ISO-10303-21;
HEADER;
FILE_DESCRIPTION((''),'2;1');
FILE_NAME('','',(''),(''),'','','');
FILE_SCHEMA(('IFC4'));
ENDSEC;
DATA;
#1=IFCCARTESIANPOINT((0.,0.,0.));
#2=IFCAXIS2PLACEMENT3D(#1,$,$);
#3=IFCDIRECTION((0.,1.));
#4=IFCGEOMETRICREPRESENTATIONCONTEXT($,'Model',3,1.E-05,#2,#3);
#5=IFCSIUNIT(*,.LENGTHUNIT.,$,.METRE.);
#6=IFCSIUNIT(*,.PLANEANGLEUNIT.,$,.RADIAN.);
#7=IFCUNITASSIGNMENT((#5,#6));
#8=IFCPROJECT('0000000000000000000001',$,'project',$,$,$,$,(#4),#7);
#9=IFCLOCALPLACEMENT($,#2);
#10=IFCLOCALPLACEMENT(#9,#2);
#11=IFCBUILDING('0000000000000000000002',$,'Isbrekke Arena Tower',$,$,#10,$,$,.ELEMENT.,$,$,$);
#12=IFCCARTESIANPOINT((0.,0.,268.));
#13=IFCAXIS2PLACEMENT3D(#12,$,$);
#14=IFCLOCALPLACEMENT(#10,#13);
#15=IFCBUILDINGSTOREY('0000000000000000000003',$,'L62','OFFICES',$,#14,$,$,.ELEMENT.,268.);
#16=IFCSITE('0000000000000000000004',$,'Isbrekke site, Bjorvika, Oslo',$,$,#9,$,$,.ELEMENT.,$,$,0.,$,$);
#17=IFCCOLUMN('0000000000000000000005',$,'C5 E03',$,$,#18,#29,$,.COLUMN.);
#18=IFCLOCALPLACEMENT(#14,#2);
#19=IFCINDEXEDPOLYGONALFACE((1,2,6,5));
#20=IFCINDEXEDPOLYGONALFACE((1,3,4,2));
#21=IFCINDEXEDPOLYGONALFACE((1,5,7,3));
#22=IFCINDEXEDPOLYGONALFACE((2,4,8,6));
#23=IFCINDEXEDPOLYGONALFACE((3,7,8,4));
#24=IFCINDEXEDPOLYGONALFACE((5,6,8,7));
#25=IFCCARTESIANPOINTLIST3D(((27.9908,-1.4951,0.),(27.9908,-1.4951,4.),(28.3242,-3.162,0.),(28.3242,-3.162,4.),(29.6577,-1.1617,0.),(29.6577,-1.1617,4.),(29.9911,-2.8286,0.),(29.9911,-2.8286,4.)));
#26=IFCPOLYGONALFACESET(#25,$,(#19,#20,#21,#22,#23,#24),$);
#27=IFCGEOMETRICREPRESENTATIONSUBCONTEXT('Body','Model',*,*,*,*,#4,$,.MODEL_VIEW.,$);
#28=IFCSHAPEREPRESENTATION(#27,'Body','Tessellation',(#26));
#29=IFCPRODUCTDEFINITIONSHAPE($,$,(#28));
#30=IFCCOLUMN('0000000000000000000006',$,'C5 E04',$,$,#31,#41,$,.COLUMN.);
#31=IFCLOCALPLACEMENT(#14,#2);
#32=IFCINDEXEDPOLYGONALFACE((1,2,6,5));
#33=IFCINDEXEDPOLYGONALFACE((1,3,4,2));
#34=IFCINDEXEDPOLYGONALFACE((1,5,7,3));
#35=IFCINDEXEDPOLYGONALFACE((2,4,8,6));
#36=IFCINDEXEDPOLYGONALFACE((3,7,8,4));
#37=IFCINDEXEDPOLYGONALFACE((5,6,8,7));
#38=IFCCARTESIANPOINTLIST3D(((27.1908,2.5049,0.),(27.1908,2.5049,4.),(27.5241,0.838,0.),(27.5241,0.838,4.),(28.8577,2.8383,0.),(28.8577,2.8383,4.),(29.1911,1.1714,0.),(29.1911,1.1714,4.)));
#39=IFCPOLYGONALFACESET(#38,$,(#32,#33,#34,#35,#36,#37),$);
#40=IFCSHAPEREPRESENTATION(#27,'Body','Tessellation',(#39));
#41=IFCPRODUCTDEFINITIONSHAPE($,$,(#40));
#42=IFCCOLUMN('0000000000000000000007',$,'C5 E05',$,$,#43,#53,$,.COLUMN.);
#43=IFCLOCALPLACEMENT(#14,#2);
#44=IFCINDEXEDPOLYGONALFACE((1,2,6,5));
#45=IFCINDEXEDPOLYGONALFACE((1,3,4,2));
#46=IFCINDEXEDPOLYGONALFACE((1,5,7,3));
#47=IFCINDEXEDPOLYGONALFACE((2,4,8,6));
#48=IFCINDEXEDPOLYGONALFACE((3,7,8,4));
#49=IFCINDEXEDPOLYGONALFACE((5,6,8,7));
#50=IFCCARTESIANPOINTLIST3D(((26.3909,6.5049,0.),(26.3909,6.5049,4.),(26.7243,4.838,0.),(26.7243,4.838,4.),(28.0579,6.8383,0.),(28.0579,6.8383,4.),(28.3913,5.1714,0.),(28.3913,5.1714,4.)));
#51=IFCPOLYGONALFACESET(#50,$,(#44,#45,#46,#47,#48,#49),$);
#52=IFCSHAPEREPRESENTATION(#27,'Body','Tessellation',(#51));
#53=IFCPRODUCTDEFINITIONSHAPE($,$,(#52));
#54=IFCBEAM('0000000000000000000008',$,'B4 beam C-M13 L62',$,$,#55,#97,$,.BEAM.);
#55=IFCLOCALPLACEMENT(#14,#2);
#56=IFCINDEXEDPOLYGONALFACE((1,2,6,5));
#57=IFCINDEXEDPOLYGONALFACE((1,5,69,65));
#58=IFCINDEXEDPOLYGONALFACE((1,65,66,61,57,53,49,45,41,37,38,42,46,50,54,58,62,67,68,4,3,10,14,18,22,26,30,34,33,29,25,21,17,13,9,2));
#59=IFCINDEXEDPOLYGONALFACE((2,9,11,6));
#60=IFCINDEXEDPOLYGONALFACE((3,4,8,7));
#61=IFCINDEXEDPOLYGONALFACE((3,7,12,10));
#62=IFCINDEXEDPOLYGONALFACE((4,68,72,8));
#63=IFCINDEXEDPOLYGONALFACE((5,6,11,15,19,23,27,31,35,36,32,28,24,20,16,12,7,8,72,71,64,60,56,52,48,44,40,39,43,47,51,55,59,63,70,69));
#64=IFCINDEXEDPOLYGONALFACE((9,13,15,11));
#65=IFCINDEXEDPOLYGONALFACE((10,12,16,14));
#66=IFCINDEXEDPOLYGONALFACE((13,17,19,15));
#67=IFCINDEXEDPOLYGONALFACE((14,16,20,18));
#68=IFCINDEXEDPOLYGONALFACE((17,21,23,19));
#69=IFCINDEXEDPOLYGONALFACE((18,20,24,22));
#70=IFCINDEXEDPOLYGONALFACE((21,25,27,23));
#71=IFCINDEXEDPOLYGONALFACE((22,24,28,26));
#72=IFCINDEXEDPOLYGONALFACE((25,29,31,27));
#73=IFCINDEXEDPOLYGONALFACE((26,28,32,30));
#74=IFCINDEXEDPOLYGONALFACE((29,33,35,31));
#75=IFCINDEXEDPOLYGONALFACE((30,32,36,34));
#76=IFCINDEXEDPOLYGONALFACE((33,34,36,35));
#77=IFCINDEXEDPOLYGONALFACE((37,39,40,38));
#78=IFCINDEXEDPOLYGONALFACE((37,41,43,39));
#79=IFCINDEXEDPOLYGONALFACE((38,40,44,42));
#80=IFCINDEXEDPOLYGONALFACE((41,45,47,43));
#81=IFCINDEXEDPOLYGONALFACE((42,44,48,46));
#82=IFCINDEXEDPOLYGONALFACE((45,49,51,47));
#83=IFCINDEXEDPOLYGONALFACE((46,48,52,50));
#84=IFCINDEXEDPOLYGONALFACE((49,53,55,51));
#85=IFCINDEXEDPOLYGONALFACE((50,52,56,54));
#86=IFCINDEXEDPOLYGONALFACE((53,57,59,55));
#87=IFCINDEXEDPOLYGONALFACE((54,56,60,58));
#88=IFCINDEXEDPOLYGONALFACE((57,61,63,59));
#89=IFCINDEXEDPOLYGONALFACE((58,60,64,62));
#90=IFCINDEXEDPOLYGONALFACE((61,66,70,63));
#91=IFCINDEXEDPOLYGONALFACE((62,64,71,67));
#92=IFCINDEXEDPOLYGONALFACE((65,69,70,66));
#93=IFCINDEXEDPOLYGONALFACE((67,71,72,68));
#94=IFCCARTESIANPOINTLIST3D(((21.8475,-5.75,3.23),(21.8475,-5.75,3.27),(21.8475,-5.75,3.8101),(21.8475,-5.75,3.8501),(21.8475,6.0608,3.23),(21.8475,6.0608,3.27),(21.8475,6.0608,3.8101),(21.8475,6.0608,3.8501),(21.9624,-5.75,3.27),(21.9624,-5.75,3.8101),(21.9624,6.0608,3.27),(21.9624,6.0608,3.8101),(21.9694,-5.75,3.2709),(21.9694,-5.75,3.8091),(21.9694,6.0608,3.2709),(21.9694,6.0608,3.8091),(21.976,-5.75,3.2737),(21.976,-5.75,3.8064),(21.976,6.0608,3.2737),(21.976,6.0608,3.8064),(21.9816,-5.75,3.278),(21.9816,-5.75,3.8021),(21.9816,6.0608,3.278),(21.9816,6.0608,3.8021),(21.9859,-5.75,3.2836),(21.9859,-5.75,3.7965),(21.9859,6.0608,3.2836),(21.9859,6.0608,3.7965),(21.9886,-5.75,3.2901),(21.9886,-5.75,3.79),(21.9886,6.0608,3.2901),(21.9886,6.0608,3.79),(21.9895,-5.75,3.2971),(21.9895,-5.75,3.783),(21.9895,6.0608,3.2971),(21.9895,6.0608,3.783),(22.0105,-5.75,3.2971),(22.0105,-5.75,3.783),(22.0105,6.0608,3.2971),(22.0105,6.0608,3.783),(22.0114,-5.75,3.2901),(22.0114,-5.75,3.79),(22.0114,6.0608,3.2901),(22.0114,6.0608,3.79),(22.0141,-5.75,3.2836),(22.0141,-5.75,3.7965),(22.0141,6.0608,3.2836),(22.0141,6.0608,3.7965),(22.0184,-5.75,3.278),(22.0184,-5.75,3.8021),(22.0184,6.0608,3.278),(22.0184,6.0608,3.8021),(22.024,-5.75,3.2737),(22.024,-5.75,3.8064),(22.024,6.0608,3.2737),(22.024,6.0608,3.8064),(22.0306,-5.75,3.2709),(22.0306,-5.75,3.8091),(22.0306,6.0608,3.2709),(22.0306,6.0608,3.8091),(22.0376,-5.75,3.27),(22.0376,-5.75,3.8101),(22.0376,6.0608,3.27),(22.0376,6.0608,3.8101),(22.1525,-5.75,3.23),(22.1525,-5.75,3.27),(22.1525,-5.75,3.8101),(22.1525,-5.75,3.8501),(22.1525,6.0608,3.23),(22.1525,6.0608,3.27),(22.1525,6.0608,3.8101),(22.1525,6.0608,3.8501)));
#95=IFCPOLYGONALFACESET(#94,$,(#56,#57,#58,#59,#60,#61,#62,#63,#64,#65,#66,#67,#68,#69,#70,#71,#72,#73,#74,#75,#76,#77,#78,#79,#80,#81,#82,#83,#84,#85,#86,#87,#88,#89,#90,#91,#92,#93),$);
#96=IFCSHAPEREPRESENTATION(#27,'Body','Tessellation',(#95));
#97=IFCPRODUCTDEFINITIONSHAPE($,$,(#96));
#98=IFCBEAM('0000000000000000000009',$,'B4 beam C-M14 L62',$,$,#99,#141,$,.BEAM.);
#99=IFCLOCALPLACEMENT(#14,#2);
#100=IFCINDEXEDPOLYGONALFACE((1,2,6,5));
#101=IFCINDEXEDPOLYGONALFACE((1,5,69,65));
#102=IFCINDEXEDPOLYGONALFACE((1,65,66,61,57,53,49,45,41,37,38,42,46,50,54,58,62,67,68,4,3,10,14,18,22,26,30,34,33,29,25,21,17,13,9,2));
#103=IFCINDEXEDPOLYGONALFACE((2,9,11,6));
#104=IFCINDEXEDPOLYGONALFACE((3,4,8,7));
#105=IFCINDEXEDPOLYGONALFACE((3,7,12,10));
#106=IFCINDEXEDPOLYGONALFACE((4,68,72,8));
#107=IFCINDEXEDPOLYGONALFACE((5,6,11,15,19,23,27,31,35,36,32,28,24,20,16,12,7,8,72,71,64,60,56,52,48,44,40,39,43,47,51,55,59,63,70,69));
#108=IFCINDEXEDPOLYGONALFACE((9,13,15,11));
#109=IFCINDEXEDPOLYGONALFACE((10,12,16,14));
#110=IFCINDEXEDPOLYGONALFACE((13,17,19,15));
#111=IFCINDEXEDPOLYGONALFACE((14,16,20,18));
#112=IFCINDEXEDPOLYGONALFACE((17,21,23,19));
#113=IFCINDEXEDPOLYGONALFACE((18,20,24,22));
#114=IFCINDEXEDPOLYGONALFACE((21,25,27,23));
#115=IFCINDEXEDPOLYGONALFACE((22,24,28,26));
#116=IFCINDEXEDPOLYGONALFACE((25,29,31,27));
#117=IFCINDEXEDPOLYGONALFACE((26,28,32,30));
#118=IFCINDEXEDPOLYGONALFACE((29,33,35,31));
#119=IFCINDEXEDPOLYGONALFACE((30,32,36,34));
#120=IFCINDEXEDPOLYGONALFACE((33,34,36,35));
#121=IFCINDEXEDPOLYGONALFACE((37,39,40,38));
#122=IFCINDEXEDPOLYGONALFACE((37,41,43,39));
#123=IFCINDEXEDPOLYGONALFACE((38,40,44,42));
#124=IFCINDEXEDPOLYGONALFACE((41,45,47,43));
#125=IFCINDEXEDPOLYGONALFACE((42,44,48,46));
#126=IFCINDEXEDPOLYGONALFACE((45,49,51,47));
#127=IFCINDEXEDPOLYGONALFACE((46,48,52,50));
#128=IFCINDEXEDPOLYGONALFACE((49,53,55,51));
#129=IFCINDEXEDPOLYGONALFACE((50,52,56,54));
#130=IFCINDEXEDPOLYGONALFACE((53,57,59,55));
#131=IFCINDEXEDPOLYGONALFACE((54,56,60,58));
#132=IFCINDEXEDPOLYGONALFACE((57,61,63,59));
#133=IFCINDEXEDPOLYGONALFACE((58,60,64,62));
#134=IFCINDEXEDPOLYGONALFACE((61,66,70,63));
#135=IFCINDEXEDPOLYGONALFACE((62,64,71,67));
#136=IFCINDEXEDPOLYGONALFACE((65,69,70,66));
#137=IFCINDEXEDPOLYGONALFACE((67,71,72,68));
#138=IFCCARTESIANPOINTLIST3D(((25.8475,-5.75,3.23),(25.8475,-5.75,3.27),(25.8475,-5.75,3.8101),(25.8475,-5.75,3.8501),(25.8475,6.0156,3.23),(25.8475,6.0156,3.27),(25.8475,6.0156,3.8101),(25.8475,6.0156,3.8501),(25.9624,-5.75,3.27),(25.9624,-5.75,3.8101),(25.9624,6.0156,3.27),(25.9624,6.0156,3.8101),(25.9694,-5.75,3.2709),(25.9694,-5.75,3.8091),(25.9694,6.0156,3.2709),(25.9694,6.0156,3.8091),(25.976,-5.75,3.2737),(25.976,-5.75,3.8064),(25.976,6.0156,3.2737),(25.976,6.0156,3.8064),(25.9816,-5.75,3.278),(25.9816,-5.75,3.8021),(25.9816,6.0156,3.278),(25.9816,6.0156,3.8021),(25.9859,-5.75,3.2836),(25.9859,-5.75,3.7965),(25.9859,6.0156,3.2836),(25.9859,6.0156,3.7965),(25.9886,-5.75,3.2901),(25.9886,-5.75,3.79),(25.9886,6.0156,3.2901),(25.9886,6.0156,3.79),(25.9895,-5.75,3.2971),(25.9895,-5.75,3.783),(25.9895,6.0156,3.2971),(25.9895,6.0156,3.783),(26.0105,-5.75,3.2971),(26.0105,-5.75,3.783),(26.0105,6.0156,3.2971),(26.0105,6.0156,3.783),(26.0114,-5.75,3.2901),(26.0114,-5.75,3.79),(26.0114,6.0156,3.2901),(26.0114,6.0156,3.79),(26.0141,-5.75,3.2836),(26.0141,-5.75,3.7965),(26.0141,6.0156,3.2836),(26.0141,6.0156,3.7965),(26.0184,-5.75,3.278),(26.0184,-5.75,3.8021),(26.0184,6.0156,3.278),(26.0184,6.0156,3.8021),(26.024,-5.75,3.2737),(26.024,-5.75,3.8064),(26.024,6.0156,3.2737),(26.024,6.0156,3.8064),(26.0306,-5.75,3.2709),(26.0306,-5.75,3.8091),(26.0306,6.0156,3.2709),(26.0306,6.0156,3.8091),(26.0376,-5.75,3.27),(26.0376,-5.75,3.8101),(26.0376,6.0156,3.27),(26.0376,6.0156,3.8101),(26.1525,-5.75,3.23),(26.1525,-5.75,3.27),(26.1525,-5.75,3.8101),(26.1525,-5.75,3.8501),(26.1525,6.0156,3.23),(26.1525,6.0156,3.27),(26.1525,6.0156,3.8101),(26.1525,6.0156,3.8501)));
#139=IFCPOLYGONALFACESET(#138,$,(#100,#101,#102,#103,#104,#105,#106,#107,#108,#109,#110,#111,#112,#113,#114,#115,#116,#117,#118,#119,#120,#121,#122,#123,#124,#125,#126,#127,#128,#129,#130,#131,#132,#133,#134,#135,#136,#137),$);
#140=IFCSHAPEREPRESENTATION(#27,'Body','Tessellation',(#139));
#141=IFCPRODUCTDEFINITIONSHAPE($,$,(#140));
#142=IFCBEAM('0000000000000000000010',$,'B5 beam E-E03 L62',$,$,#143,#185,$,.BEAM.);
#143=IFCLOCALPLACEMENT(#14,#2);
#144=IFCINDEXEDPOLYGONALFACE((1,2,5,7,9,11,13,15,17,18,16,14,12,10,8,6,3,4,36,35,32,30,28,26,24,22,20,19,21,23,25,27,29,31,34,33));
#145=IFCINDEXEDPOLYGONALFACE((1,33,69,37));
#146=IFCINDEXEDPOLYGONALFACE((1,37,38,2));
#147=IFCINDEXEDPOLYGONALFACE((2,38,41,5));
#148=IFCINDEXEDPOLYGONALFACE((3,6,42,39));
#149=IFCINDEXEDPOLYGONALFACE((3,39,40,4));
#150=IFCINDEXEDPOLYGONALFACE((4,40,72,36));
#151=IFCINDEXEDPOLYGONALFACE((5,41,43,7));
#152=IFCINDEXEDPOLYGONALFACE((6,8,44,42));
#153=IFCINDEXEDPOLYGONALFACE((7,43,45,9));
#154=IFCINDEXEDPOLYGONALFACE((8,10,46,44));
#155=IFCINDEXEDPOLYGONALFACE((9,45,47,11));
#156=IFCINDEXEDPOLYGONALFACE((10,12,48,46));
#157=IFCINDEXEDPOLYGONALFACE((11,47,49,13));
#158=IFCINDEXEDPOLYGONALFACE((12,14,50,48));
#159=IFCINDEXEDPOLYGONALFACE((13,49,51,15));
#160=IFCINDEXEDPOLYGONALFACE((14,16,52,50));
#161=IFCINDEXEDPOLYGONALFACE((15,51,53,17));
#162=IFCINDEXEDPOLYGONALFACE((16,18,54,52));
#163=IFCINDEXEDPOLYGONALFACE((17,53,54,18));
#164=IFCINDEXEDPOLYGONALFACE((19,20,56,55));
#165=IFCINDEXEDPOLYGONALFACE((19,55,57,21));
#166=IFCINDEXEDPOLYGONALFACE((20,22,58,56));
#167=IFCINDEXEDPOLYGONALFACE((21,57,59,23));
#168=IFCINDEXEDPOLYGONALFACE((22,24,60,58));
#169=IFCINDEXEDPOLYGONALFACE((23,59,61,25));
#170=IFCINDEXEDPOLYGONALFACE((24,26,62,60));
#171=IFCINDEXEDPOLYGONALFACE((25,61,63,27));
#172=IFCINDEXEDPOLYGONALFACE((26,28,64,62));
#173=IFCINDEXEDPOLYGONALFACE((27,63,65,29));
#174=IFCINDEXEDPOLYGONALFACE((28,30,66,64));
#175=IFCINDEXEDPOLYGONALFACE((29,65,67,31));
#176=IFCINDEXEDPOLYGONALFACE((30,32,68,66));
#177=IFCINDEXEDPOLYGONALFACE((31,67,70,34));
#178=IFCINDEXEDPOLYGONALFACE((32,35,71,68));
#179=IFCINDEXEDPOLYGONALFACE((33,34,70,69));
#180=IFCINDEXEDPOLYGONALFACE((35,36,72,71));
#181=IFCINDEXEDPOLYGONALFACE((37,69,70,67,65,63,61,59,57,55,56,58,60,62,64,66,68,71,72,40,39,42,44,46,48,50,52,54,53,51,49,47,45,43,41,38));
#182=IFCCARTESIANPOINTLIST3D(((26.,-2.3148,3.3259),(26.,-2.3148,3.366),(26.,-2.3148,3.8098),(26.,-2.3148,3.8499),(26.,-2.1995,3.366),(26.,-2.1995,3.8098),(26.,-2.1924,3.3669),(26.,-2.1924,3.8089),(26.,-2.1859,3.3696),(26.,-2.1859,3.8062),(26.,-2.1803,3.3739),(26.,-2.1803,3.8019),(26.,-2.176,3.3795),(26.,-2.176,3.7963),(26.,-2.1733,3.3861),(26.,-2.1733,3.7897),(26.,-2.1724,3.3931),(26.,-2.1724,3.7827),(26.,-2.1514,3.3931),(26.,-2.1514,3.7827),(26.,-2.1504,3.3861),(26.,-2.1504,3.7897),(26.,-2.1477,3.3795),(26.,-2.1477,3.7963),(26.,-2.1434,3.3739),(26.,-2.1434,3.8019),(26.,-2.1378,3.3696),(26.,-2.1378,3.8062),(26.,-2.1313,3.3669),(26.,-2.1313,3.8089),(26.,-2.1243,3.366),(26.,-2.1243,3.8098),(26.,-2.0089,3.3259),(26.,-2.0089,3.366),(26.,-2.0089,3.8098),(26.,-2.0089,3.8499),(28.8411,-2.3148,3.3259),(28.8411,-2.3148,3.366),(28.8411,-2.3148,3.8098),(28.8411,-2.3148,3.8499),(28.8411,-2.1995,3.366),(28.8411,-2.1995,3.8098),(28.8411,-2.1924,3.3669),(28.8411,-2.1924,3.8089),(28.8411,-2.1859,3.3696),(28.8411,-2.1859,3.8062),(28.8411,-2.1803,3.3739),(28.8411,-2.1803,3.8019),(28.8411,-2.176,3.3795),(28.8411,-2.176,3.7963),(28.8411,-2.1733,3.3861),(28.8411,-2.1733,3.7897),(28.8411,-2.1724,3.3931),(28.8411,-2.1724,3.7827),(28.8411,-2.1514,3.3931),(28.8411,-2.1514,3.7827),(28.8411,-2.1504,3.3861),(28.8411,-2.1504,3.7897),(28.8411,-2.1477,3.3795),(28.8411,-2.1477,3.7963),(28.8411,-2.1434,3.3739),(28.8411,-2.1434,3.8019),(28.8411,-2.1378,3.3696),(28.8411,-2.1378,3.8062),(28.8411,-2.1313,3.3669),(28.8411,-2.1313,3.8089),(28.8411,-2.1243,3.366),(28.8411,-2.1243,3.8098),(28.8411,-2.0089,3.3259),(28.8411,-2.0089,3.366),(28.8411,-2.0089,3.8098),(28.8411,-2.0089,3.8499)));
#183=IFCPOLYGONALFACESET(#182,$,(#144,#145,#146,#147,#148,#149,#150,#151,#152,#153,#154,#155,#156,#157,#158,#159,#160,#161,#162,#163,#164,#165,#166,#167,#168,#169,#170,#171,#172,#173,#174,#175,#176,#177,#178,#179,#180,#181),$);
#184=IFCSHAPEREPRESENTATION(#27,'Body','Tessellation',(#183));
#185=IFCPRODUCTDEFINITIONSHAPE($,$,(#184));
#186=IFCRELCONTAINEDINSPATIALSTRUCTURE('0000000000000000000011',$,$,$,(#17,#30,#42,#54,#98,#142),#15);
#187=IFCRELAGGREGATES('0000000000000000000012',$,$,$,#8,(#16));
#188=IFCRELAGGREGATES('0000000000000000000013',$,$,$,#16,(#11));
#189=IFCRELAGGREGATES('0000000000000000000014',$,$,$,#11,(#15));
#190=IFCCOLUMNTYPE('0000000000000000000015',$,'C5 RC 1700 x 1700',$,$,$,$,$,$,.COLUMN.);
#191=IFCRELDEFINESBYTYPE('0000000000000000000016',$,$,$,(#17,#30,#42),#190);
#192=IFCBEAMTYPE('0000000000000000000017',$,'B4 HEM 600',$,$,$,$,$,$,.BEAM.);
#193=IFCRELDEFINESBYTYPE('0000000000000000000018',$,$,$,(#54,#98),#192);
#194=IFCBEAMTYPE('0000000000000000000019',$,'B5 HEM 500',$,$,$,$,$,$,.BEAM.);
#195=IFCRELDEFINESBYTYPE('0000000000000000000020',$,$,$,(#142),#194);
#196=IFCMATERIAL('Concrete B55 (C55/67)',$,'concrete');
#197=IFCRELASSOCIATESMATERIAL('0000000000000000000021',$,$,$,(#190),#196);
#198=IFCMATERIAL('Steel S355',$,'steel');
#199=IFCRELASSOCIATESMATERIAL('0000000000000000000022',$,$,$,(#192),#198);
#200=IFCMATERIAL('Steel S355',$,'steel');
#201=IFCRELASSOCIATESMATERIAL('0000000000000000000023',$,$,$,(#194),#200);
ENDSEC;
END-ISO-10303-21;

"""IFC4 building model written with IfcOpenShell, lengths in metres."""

from ifc_helpers import new_model, si_unit, direction, frame, origin, origin_2d, place, context, subcontext, project, spatial, rectangle, i_section, extrude, material, material_profile, profile_set, type_object, element, save


model = new_model("IFC4")

# Units and contexts
model_context = context("Model", 3, precision=1e-05, world=origin(), true_north=direction((0.0, 1.0)))
body_context = subcontext(model_context, "Body", "Model", "MODEL_VIEW")
ifc_project = project(units=[si_unit("LENGTHUNIT", "METRE"), si_unit("PLANEANGLEUNIT", "RADIAN")], contexts=[model_context])

# Site, building, storey
site_placement = place(None, origin())
site = spatial("IfcSite", under=ifc_project, at=site_placement, Name="Isbrekke site, Bjorvika, Oslo", CompositionType="ELEMENT", RefElevation=0.0)
building_placement = place(site_placement, origin())
building = spatial("IfcBuilding", under=site, at=building_placement, Name="Isbrekke Arena Tower", CompositionType="ELEMENT")
storey_placement = place(building_placement, frame((0.0, 0.0, 268.0)))
storey = spatial("IfcBuildingStorey", under=building, at=storey_placement, Name="L62", Description="OFFICES", CompositionType="ELEMENT", Elevation=268.0)

# Columns
ifc_material_1 = material(Name="Concrete B55 (C55/67)", Category="concrete")
ifc_material_profile_1 = material_profile(ifc_material_1, rectangle(XDim=1.7, YDim=1.7, at=origin_2d()), Name="RC 1700x1700")
ifc_profile_set_1 = profile_set([ifc_material_profile_1], Name="Concrete B55 (C55/67)")
column_type = type_object("IfcColumnType", Name="C5 RC 1700 x 1700", PredefinedType="COLUMN", material=ifc_profile_set_1)
for number, where, z_axis, x_axis, name in (
    (1, (28.991, -2.1619, 0.0), (0.0, 0.0, 1.0), (-0.196116, 0.980581, 0.0), "C5 E03"),
    (2, (28.1909, 1.8381, 0.0), (0.0, 0.0, 1.0), (-0.196116, 0.980581, 0.0), "C5 E04"),
    (3, (27.3911, 5.8381, 0.0), (0.0, 0.0, 1.0), (-0.196116, 0.980581, 0.0), "C5 E05"),
):
    element("IfcColumn", number, at=place(storey_placement, frame(where, z_axis=z_axis, x_axis=x_axis)), inside=storey, type_object=column_type, Name=name, PredefinedType="COLUMN", context=body_context, shape_type="SweptSolid", body=[
        extrude(rectangle(XDim=1.7, YDim=1.7, at=origin_2d()), origin(), (0.0, 0.0, 1.0), 4.0),
    ])

# Beams
ifc_material_2 = material(Name="Steel S355", Category="steel")
ifc_material_profile_2 = material_profile(ifc_material_2, i_section(OverallWidth=0.3049, OverallDepth=0.6201, WebThickness=0.021, FlangeThickness=0.04, FilletRadius=0.0271, at=origin_2d()), Name="HEM 600")
ifc_profile_set_2 = profile_set([ifc_material_profile_2], Name="Steel S355")
beam_type_1 = type_object("IfcBeamType", Name="B4 HEM 600", PredefinedType="BEAM", material=ifc_profile_set_2)
beam_1_placement = place(storey_placement, frame((22.0, -5.75, 3.54), z_axis=(0.0, 1.0, 0.0), x_axis=(-1.0, 0.0, 0.0)))
element("IfcBeam", 4, at=beam_1_placement, inside=storey, type_object=beam_type_1, Name="B4 beam C-M13 L62", PredefinedType="BEAM", context=body_context, shape_type="SweptSolid", body=[
    extrude(i_section(OverallWidth=0.3049, OverallDepth=0.6201, WebThickness=0.021, FlangeThickness=0.04, FilletRadius=0.0271, at=origin_2d()), origin(), (0.0, 0.0, 1.0), 11.8108),
])
beam_2_placement = place(storey_placement, frame((26.0, -5.75, 3.54), z_axis=(0.0, 1.0, 0.0), x_axis=(-1.0, 0.0, 0.0)))
element("IfcBeam", 5, at=beam_2_placement, inside=storey, type_object=beam_type_1, Name="B4 beam C-M14 L62", PredefinedType="BEAM", context=body_context, shape_type="SweptSolid", body=[
    extrude(i_section(OverallWidth=0.3049, OverallDepth=0.6201, WebThickness=0.021, FlangeThickness=0.04, FilletRadius=0.0271, at=origin_2d()), origin(), (0.0, 0.0, 1.0), 11.7656),
])
ifc_material_3 = material(Name="Steel S355", Category="steel")
ifc_material_profile_3 = material_profile(ifc_material_3, i_section(OverallWidth=0.3059, OverallDepth=0.5239, WebThickness=0.021, FlangeThickness=0.04, FilletRadius=0.0271, at=origin_2d()), Name="HEM 500")
ifc_profile_set_3 = profile_set([ifc_material_profile_3], Name="Steel S355")
beam_type_2 = type_object("IfcBeamType", Name="B5 HEM 500", PredefinedType="BEAM", material=ifc_profile_set_3)
beam_3_placement = place(storey_placement, frame((28.8411, -2.1619, 3.5879), z_axis=(-1.0, 0.0, 0.0), x_axis=(0.0, -1.0, 0.0)))
element("IfcBeam", 6, at=beam_3_placement, inside=storey, type_object=beam_type_2, Name="B5 beam E-E03 L62", PredefinedType="BEAM", context=body_context, shape_type="SweptSolid", body=[
    extrude(i_section(OverallWidth=0.3059, OverallDepth=0.5239, WebThickness=0.021, FlangeThickness=0.04, FilletRadius=0.0271, at=origin_2d()), origin(), (0.0, 0.0, 1.0), 2.8411),
])

save(model, "model.ifc")
